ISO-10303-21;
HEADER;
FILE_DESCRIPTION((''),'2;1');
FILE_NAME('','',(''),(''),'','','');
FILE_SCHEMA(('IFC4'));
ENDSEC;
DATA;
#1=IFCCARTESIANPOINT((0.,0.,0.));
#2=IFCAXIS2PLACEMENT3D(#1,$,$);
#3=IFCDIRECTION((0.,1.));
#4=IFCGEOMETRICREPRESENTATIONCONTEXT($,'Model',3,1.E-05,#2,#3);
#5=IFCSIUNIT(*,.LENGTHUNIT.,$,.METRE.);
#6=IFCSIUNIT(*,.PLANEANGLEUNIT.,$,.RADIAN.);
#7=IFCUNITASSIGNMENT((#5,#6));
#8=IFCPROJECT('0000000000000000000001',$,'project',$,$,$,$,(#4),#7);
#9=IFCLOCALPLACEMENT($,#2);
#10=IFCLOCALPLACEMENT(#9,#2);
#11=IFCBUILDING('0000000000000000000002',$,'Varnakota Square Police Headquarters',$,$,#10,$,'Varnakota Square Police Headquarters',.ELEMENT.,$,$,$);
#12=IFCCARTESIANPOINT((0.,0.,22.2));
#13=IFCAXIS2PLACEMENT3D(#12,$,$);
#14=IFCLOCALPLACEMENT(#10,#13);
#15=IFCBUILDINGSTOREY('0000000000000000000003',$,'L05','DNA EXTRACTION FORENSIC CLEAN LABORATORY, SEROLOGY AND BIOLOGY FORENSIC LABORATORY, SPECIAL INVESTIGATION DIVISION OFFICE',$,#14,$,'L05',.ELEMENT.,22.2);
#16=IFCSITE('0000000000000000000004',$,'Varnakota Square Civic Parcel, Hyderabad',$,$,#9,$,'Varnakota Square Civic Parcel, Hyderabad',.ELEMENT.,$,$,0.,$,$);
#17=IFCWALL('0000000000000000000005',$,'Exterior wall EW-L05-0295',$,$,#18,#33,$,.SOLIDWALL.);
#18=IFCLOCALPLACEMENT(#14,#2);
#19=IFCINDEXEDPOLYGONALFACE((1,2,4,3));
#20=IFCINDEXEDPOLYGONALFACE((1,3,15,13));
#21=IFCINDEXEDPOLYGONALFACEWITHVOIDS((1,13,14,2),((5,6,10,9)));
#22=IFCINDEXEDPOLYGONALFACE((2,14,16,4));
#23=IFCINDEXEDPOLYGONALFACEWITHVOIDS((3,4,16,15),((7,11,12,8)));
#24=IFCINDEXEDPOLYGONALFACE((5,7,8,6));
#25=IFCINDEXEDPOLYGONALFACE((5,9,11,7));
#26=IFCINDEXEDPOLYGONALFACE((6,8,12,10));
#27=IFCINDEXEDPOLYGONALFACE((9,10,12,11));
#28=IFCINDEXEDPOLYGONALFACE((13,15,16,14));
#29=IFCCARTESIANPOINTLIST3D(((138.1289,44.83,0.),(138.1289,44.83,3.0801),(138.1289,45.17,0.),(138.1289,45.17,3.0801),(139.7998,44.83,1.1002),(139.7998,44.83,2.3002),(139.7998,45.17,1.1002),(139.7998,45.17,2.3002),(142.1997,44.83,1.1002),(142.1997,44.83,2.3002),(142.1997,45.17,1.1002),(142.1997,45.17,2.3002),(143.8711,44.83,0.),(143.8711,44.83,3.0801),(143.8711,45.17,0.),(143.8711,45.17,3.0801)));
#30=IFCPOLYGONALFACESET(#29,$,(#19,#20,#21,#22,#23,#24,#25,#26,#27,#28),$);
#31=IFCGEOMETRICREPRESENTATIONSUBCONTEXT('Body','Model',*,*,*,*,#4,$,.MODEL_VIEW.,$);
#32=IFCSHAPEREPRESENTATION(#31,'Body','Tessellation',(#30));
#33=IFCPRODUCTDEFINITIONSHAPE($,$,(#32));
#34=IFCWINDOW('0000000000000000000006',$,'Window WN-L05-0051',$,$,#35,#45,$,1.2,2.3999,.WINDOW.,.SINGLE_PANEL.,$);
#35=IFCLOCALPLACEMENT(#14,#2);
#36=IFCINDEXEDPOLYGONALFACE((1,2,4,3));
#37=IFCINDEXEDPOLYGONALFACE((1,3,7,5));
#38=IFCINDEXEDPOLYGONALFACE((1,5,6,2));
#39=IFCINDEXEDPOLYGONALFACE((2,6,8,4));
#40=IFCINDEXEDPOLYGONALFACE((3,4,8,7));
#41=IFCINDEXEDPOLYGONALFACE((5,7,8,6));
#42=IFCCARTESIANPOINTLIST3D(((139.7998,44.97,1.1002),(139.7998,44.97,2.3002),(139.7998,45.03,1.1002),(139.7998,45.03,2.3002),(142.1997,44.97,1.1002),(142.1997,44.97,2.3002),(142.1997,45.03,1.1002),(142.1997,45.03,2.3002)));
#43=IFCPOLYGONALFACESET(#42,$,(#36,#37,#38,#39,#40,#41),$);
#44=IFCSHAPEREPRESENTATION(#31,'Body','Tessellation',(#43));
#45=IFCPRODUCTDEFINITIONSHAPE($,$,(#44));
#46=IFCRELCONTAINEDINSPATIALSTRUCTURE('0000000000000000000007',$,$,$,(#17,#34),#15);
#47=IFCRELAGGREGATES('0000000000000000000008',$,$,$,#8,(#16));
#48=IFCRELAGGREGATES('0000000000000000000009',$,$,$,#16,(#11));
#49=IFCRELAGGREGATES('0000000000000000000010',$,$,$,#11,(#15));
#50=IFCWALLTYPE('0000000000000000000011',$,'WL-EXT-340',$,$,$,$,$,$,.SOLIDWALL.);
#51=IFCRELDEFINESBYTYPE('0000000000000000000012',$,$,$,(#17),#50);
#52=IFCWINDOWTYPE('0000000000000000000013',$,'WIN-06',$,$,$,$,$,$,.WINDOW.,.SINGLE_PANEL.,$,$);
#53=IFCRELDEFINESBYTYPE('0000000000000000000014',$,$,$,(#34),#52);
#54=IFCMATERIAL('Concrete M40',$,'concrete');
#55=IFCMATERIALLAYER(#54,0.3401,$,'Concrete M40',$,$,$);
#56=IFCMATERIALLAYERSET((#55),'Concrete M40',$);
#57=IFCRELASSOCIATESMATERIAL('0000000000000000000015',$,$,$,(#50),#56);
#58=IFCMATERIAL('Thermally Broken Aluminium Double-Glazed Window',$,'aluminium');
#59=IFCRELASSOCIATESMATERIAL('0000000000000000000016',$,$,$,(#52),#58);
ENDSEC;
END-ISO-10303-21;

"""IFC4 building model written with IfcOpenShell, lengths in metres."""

from ifc_helpers import new_model, si_unit, direction, frame, frame_2d, origin, place, context, subcontext, project, spatial, rectangle, extrude, material, layer, layer_set, type_object, element, fill, save


model = new_model("IFC4")

# Units and contexts
model_context = context("Model", 3, precision=1e-05, world=origin(), true_north=direction((0.0, 1.0)))
body_context = subcontext(model_context, "Body", "Model", "MODEL_VIEW")
ifc_project = project(units=[si_unit("LENGTHUNIT", "METRE"), si_unit("PLANEANGLEUNIT", "RADIAN")], contexts=[model_context])

# Site, building, storey
site_placement = place(None, origin())
site = spatial("IfcSite", under=ifc_project, at=site_placement, Name="Varnakota Square Civic Parcel, Hyderabad", LongName="Varnakota Square Civic Parcel, Hyderabad", CompositionType="ELEMENT", RefElevation=0.0)
building_placement = place(site_placement, origin())
building = spatial("IfcBuilding", under=site, at=building_placement, Name="Varnakota Square Police Headquarters", LongName="Varnakota Square Police Headquarters", CompositionType="ELEMENT")
storey_placement = place(building_placement, frame((0.0, 0.0, 22.2)))
storey = spatial("IfcBuildingStorey", under=building, at=storey_placement, Name="L05", Description="DNA EXTRACTION FORENSIC CLEAN LABORATORY, SEROLOGY AND BIOLOGY FORENSIC LABORATORY, SPECIAL INVESTIGATION DIVISION OFFICE", LongName="L05", CompositionType="ELEMENT", Elevation=22.2)

# Wall, opening, window
ifc_material_1 = material(Name="Concrete M40", Category="concrete")
ifc_layer_1 = layer(ifc_material_1, 0.3401, Name="Concrete M40")
ifc_layer_set_1 = layer_set([ifc_layer_1], Name="Concrete M40")
wall_type_1 = type_object("IfcWallType", Name="WL-EXT-340", PredefinedType="SOLIDWALL", material=ifc_layer_set_1)
wall_1_placement = place(storey_placement, frame((138.1289, 45.0, 0.0), z_axis=(0.0, 0.0, 1.0), x_axis=(1.0, 0.0, 0.0)))
wall_1 = element("IfcWall", 1, at=wall_1_placement, inside=storey, type_object=wall_type_1, Name="Exterior wall EW-L05-0295", PredefinedType="SOLIDWALL", context=body_context, shape_type="SweptSolid", body=[
    extrude(rectangle(XDim=5.7422, YDim=0.3401, at=frame_2d((2.8711, 0.0))), origin(), (0.0, 0.0, 1.0), 3.0801),
])
opening_placement = place(wall_1_placement, frame((1.6709, 0.0, 1.1001)))
opening = element("IfcOpeningElement", 2, at=opening_placement, cuts=wall_1, PredefinedType="OPENING", context=body_context, shape_type="SweptSolid", body=[
    extrude(rectangle(XDim=2.3999, YDim=1.2, at=frame_2d((1.2, 0.6001))), frame((0.0, 0.1799, 0.0), z_axis=(0.0, -1.0, 0.0), x_axis=(1.0, 0.0, 0.0)), (0.0, 0.0, 1.0), 0.3601),
])
ifc_material_2 = material(Name="Thermally Broken Aluminium Double-Glazed Window", Category="aluminium")
window_type = type_object("IfcWindowType", Name="WIN-06", PartitioningType="SINGLE_PANEL", PredefinedType="WINDOW", material=ifc_material_2)
window_placement = place(opening_placement, origin())
window = element("IfcWindow", 3, at=window_placement, inside=storey, type_object=window_type, Name="Window WN-L05-0051", OverallHeight=1.2, OverallWidth=2.3999, PartitioningType="SINGLE_PANEL", PredefinedType="WINDOW", context=body_context, shape_type="SweptSolid", body=[
    extrude(rectangle(XDim=2.3999, YDim=1.2, at=frame_2d((1.2, 0.6001))), frame((0.0, 0.03, 0.0), z_axis=(0.0, -1.0, 0.0), x_axis=(1.0, 0.0, 0.0)), (0.0, 0.0, 1.0), 0.0601),
])
fill(opening, window)

save(model, "model.ifc")
